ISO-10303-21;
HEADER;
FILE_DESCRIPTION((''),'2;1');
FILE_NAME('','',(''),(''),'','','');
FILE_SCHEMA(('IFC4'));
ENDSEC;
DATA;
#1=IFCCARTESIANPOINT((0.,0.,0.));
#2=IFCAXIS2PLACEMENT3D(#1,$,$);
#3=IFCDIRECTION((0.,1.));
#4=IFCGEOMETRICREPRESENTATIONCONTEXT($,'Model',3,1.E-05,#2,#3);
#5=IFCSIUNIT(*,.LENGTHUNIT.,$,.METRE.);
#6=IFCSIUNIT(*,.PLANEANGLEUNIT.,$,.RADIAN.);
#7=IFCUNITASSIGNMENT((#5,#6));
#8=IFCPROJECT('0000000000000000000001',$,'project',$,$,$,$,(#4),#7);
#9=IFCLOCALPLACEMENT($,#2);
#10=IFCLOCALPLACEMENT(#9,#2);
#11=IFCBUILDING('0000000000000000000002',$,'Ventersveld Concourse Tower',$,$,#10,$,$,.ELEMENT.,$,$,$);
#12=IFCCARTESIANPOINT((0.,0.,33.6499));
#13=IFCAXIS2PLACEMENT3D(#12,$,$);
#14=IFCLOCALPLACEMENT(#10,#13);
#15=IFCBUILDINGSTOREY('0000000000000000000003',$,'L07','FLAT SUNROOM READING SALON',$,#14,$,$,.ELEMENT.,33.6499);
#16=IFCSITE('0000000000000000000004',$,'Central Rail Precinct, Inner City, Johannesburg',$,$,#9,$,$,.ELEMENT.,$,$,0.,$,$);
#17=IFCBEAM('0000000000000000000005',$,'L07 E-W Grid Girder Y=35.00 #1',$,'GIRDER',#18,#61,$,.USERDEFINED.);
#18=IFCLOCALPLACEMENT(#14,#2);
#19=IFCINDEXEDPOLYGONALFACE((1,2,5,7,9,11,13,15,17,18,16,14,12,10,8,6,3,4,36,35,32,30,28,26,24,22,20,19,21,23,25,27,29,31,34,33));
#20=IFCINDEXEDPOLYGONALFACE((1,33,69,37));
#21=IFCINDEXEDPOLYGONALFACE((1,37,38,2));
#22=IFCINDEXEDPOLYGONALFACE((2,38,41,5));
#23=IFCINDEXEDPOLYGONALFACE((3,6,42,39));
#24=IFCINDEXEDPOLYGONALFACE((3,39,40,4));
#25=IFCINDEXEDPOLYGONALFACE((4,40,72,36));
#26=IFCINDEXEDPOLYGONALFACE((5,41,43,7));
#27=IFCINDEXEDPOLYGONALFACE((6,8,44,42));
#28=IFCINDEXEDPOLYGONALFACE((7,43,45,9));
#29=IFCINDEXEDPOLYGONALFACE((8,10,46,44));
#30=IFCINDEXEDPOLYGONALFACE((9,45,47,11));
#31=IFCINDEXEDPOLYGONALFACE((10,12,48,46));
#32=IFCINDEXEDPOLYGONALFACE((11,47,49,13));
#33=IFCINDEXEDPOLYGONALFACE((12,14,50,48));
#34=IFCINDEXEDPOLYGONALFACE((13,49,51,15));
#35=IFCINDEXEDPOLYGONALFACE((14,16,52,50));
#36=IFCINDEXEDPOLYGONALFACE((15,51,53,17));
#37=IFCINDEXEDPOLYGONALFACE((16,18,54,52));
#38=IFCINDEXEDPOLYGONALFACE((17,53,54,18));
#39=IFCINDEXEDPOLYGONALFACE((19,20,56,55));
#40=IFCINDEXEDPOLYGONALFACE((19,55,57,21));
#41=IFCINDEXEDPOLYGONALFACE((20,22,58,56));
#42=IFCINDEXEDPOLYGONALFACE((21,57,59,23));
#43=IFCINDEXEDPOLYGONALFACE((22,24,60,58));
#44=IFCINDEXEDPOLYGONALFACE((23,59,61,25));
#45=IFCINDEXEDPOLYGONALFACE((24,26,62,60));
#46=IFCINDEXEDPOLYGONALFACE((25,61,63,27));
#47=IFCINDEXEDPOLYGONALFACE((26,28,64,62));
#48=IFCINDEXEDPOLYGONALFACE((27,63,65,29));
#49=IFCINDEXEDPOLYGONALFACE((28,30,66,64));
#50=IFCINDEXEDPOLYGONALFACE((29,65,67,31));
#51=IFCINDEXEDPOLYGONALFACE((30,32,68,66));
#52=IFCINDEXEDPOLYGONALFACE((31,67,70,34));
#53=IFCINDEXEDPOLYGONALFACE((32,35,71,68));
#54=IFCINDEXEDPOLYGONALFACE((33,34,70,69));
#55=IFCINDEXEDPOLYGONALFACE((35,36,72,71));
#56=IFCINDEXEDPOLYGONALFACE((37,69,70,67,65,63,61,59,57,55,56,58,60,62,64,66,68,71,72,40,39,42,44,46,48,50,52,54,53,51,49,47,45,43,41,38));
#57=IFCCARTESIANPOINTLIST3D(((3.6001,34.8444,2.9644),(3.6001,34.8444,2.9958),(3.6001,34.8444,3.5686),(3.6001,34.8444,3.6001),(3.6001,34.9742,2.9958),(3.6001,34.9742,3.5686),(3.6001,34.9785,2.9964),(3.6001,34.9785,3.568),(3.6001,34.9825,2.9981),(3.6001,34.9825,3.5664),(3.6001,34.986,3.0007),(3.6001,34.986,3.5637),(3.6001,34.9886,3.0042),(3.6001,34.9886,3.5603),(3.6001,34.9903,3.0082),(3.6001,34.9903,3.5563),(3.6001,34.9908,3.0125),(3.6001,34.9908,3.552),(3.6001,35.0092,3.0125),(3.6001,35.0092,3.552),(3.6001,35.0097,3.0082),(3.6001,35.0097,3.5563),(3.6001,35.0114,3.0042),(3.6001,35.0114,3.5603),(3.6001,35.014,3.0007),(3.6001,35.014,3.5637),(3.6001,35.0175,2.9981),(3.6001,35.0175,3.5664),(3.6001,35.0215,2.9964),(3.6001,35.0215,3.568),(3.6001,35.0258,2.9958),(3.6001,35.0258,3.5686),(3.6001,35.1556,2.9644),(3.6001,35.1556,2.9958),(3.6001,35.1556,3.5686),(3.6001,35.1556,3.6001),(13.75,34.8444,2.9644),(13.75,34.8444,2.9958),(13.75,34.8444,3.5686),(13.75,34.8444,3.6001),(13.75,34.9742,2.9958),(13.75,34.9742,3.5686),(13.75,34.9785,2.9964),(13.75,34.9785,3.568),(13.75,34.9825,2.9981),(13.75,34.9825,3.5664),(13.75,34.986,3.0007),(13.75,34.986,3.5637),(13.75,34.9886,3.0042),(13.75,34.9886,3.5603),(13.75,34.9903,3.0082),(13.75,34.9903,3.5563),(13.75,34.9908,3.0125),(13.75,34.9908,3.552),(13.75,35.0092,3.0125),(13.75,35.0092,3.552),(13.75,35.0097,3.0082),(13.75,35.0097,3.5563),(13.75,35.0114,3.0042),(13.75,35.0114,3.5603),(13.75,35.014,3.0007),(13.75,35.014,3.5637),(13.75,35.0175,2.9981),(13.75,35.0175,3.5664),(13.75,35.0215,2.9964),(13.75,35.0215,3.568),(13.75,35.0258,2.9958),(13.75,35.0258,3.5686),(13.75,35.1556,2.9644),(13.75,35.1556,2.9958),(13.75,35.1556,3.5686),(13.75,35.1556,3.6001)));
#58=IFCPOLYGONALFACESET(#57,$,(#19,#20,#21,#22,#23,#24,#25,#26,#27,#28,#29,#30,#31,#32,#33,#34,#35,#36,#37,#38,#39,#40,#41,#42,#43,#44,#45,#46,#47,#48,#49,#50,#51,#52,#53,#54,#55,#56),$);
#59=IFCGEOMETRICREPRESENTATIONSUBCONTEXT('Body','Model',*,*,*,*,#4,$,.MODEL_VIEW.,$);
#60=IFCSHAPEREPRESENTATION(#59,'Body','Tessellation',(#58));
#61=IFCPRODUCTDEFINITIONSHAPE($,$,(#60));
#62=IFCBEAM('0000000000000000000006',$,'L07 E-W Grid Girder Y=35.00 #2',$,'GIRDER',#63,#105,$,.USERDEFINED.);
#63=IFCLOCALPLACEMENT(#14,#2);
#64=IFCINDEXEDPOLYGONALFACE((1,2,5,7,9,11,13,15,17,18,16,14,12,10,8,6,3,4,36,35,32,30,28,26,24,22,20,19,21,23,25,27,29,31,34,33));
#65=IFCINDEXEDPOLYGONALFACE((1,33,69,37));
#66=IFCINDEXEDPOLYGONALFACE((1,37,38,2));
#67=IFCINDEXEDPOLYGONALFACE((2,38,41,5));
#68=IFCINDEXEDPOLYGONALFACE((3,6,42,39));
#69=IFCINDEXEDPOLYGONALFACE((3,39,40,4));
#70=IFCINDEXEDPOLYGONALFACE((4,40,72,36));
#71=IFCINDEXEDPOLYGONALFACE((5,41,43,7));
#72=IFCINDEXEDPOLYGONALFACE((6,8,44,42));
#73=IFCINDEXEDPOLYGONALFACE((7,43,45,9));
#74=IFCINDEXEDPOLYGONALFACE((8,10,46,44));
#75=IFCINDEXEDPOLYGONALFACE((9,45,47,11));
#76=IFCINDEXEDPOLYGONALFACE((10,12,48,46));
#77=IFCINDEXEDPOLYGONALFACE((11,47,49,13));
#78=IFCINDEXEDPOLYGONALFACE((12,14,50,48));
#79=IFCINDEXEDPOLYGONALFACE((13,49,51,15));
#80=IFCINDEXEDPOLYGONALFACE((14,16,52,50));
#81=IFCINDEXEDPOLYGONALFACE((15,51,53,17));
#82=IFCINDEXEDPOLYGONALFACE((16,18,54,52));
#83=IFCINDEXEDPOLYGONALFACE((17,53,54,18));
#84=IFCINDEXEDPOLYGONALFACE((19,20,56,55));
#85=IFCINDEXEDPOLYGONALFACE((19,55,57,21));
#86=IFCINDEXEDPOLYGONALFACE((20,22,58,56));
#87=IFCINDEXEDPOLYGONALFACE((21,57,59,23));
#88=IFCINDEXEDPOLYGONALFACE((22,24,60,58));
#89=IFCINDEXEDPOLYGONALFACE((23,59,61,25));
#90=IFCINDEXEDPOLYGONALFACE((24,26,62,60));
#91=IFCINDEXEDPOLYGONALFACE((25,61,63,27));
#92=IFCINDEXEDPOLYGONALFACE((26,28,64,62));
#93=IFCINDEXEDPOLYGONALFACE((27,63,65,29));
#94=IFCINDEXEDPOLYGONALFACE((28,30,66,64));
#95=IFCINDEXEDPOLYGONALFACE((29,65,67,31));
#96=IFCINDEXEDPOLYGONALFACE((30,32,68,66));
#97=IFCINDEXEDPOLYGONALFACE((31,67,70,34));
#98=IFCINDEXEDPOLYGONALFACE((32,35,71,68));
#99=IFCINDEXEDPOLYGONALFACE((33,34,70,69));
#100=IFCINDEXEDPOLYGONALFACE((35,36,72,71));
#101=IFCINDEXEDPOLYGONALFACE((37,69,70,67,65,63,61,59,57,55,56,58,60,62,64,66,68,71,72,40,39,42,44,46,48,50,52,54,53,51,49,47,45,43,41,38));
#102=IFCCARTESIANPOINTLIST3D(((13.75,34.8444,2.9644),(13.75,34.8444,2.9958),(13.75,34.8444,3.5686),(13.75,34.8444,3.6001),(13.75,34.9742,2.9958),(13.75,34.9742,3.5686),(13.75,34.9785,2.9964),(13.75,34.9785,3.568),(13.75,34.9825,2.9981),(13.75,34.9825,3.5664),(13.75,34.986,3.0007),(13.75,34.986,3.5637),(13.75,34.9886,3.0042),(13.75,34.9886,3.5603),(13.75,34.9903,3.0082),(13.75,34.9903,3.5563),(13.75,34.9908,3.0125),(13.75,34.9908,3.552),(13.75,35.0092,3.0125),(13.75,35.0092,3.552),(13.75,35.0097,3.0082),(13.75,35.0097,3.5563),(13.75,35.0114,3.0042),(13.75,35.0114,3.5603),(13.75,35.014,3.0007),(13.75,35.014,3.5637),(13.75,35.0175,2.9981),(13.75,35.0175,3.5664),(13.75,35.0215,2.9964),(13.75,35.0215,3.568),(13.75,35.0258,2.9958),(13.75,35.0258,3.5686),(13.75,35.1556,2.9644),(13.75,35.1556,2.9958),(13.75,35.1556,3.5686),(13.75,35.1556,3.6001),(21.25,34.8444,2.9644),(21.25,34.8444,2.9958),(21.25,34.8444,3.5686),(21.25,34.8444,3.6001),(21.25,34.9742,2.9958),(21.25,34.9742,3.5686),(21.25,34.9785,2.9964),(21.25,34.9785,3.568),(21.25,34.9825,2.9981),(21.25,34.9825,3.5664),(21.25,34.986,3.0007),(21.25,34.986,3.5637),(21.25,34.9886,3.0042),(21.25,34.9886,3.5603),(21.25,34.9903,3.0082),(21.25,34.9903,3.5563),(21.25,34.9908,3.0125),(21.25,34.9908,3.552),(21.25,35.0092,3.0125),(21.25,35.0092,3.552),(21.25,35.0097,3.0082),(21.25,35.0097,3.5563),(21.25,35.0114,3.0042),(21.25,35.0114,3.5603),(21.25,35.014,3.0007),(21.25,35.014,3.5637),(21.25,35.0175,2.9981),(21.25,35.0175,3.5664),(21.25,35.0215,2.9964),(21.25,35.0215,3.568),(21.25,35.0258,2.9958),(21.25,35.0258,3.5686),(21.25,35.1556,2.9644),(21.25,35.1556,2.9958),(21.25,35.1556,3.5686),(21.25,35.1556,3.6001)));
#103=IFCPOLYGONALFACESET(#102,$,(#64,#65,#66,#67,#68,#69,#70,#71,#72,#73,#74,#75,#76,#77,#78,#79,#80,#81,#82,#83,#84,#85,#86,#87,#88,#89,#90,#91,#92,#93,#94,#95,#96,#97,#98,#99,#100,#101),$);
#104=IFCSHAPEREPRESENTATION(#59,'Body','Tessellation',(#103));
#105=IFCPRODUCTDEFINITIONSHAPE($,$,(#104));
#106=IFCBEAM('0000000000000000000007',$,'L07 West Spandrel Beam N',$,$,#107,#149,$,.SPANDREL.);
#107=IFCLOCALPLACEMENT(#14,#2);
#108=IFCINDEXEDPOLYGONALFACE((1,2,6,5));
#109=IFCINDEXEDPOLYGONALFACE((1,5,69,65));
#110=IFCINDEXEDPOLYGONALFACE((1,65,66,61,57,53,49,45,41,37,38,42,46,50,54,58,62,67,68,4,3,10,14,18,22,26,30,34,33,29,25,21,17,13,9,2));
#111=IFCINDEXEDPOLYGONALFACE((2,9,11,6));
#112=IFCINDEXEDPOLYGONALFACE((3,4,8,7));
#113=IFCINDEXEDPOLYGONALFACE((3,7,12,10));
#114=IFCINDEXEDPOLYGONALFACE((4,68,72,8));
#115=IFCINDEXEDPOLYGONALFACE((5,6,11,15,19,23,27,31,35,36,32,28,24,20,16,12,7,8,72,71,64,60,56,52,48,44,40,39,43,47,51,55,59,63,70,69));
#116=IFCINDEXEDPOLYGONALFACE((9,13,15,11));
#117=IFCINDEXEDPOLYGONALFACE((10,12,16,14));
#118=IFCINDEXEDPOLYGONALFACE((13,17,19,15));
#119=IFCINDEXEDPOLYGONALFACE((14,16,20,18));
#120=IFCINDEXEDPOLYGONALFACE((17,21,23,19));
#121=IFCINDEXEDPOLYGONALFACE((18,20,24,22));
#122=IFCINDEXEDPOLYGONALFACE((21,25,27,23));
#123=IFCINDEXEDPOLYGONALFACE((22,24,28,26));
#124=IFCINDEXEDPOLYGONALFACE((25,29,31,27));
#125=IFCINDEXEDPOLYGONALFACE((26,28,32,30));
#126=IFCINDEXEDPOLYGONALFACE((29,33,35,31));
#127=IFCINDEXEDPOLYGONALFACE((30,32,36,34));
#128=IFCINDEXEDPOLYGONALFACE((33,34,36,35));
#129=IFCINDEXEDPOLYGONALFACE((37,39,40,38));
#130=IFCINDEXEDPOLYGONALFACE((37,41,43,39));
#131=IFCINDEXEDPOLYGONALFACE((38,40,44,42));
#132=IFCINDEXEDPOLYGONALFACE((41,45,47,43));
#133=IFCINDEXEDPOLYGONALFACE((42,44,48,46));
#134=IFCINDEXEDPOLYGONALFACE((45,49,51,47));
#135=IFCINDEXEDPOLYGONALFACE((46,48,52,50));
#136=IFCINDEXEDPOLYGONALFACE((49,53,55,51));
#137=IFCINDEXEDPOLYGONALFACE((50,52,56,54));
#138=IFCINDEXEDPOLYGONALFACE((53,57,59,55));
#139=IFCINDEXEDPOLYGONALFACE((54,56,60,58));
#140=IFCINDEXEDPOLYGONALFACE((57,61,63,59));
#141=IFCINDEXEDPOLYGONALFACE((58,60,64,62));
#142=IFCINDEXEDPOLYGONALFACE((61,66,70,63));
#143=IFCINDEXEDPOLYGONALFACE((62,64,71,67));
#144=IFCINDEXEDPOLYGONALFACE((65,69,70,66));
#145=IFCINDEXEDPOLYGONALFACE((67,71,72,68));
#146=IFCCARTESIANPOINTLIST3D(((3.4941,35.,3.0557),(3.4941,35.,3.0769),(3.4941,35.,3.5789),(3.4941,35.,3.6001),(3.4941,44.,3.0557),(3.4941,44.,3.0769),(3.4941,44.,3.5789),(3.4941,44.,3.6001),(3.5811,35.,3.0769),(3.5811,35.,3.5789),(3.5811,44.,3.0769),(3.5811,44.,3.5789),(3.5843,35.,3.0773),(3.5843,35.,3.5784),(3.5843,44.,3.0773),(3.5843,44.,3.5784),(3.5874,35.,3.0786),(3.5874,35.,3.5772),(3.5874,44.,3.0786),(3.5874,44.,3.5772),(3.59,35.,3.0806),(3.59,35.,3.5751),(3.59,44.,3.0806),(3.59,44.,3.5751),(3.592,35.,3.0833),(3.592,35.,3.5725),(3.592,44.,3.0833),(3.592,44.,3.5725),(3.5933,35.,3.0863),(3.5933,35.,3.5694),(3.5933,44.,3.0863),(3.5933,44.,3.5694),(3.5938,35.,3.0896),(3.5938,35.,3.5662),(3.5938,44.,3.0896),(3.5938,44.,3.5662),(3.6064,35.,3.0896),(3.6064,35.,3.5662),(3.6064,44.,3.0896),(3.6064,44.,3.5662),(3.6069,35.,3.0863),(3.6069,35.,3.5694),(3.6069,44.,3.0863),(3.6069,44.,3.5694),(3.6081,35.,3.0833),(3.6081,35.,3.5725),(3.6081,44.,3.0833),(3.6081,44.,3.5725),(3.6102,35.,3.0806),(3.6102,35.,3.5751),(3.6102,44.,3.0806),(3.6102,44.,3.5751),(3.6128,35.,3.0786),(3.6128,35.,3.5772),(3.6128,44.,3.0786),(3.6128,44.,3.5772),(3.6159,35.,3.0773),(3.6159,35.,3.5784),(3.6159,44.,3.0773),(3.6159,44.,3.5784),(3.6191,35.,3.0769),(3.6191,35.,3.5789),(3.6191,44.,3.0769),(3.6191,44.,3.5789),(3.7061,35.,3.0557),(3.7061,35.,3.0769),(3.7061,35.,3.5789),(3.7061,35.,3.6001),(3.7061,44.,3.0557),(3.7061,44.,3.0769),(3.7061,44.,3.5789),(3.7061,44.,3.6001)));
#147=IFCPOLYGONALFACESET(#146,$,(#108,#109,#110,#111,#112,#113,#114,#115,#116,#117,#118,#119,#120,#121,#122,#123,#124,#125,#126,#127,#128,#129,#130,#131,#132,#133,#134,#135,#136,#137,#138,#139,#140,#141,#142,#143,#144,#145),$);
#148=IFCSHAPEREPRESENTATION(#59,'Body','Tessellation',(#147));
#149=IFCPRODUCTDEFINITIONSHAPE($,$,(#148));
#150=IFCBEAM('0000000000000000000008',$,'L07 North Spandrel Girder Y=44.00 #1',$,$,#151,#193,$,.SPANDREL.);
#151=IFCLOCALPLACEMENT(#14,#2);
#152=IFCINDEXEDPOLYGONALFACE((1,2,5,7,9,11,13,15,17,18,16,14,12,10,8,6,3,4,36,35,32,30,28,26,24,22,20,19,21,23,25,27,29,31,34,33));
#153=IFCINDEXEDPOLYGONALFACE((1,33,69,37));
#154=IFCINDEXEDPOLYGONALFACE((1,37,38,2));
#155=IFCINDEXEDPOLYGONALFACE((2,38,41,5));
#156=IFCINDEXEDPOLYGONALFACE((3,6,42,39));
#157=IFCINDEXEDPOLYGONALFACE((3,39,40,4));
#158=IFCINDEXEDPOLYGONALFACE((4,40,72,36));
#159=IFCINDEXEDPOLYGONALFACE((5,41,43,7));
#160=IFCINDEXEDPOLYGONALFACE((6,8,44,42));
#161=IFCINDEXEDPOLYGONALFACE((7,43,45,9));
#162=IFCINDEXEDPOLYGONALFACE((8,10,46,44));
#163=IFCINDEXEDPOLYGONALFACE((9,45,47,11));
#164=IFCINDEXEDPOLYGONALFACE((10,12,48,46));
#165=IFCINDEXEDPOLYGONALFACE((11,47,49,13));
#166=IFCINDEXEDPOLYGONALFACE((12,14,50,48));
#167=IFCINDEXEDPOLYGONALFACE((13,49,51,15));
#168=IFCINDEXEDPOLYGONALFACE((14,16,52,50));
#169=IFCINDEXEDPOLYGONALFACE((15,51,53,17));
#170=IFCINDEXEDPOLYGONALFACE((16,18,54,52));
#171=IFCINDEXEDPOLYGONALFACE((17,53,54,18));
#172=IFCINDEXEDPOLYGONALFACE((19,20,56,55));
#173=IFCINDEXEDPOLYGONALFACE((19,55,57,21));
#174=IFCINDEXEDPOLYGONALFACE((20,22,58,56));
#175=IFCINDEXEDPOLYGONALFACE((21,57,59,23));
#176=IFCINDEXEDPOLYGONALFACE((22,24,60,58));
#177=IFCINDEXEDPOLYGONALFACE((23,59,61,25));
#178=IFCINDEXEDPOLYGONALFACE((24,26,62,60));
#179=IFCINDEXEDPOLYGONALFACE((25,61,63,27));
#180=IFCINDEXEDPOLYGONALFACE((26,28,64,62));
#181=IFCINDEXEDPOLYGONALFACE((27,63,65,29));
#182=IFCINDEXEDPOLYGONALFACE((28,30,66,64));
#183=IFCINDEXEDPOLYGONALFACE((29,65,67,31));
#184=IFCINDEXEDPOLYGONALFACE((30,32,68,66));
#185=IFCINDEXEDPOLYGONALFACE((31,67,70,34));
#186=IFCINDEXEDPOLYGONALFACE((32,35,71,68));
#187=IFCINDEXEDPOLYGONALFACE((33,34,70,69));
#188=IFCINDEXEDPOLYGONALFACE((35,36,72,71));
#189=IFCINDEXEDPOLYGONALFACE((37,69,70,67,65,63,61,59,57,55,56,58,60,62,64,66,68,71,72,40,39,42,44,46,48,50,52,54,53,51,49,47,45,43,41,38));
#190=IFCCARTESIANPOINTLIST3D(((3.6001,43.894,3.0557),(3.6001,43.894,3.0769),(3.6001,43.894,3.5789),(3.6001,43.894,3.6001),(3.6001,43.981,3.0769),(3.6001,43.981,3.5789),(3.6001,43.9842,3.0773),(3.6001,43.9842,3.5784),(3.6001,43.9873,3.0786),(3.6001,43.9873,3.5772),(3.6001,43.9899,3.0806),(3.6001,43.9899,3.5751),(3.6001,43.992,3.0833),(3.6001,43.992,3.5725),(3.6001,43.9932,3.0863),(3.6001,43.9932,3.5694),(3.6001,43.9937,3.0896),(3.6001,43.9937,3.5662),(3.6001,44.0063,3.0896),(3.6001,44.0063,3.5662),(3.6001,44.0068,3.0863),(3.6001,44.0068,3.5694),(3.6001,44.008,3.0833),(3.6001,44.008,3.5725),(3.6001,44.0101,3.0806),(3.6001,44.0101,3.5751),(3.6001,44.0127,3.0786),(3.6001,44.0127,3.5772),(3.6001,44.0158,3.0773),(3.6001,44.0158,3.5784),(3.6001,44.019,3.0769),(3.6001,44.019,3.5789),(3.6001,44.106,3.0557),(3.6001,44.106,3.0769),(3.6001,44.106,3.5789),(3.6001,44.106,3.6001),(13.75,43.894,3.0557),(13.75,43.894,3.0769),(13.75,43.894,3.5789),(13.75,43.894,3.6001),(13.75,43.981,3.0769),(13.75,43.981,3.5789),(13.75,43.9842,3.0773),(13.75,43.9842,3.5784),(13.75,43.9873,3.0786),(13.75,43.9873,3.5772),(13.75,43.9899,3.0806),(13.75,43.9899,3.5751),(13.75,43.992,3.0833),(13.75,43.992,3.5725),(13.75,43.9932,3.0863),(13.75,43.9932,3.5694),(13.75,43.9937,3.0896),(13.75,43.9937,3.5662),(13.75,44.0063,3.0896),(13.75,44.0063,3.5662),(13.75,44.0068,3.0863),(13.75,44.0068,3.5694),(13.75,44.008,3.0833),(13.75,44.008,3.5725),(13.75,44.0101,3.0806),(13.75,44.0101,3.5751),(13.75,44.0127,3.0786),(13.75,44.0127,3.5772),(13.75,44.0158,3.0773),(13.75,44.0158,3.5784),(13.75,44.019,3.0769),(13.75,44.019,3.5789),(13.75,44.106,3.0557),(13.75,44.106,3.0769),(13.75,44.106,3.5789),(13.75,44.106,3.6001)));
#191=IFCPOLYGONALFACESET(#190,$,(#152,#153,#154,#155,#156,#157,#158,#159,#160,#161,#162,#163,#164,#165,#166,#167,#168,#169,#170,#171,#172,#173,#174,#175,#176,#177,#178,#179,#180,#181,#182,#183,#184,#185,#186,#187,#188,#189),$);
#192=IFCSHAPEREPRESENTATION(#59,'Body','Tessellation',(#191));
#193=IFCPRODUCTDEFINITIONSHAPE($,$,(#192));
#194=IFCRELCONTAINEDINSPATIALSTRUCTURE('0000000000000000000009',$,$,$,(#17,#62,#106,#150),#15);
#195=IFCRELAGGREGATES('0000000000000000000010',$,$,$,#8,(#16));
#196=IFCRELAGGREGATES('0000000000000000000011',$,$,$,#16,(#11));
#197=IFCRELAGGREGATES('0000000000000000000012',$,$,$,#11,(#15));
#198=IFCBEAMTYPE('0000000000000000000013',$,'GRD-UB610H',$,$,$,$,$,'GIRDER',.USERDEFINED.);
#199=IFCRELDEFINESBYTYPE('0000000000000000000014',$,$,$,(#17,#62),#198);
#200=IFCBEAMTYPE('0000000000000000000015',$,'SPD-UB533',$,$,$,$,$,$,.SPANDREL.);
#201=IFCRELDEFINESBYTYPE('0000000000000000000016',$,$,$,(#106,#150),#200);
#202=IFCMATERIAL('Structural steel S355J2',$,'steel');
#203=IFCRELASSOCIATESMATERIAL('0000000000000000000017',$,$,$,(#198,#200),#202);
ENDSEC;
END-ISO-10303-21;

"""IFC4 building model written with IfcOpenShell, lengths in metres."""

from ifc_helpers import new_model, si_unit, direction, frame, origin, origin_2d, place, context, subcontext, project, spatial, i_section, extrude, material, material_profile, profile_set, type_object, element, save


model = new_model("IFC4")

# Units and contexts
model_context = context("Model", 3, precision=1e-05, world=origin(), true_north=direction((0.0, 1.0)))
body_context = subcontext(model_context, "Body", "Model", "MODEL_VIEW")
ifc_project = project(units=[si_unit("LENGTHUNIT", "METRE"), si_unit("PLANEANGLEUNIT", "RADIAN")], contexts=[model_context])

# Site, building, storey
site_placement = place(None, origin())
site = spatial("IfcSite", under=ifc_project, at=site_placement, Name="Central Rail Precinct, Inner City, Johannesburg", CompositionType="ELEMENT", RefElevation=0.0)
building_placement = place(site_placement, origin())
building = spatial("IfcBuilding", under=site, at=building_placement, Name="Ventersveld Concourse Tower", CompositionType="ELEMENT")
storey_placement = place(building_placement, frame((0.0, 0.0, 33.6499)))
storey = spatial("IfcBuildingStorey", under=building, at=storey_placement, Name="L07", Description="FLAT SUNROOM READING SALON", CompositionType="ELEMENT", Elevation=33.6499)

# Beams
ifc_material_1 = material(Name="Structural steel S355J2", Category="steel")
ifc_material_profile_1 = material_profile(ifc_material_1, i_section(OverallWidth=0.3113, OverallDepth=0.6357, WebThickness=0.0183, FlangeThickness=0.0315, FilletRadius=0.0166, at=origin_2d()), Name="UB 610x305x238")
ifc_profile_set_1 = profile_set([ifc_material_profile_1], Name="Structural steel S355J2")
beam_type_1 = type_object("IfcBeamType", Name="GRD-UB610H", ElementType="GIRDER", PredefinedType="USERDEFINED", material=ifc_profile_set_1)
beam_1_placement = place(storey_placement, frame((3.6001, 35.0, 3.2822), z_axis=(1.0, 0.0, 0.0), x_axis=(0.0, 1.0, 0.0)))
element("IfcBeam", 1, at=beam_1_placement, inside=storey, type_object=beam_type_1, Name="L07 E-W Grid Girder Y=35.00 #1", ObjectType="GIRDER", PredefinedType="USERDEFINED", context=body_context, shape_type="SweptSolid", body=[
    extrude(i_section(OverallWidth=0.3113, OverallDepth=0.6357, WebThickness=0.0183, FlangeThickness=0.0315, FilletRadius=0.0166, at=origin_2d()), origin(), (0.0, 0.0, 1.0), 10.1499),
])
beam_2_placement = place(storey_placement, frame((13.75, 35.0, 3.2822), z_axis=(1.0, 0.0, 0.0), x_axis=(0.0, 1.0, 0.0)))
element("IfcBeam", 2, at=beam_2_placement, inside=storey, type_object=beam_type_1, Name="L07 E-W Grid Girder Y=35.00 #2", ObjectType="GIRDER", PredefinedType="USERDEFINED", context=body_context, shape_type="SweptSolid", body=[
    extrude(i_section(OverallWidth=0.3113, OverallDepth=0.6357, WebThickness=0.0183, FlangeThickness=0.0315, FilletRadius=0.0166, at=origin_2d()), origin(), (0.0, 0.0, 1.0), 7.5),
])
ifc_material_profile_2 = material_profile(ifc_material_1, i_section(OverallWidth=0.2119, OverallDepth=0.5444, WebThickness=0.0127, FlangeThickness=0.0212, FilletRadius=0.0127, at=origin_2d()), Name="UB 533x210x122")
ifc_profile_set_2 = profile_set([ifc_material_profile_2], Name="Structural steel S355J2")
beam_type_2 = type_object("IfcBeamType", Name="SPD-UB533", PredefinedType="SPANDREL", material=ifc_profile_set_2)
beam_3_placement = place(storey_placement, frame((3.6001, 35.0, 3.3279), z_axis=(0.0, 1.0, 0.0), x_axis=(-1.0, 0.0, 0.0)))
element("IfcBeam", 3, at=beam_3_placement, inside=storey, type_object=beam_type_2, Name="L07 West Spandrel Beam N", PredefinedType="SPANDREL", context=body_context, shape_type="SweptSolid", body=[
    extrude(i_section(OverallWidth=0.2119, OverallDepth=0.5444, WebThickness=0.0127, FlangeThickness=0.0212, FilletRadius=0.0127, at=origin_2d()), origin(), (0.0, 0.0, 1.0), 9.0),
])
beam_4_placement = place(storey_placement, frame((3.6001, 44.0, 3.3279), z_axis=(1.0, 0.0, 0.0), x_axis=(0.0, 1.0, 0.0)))
element("IfcBeam", 4, at=beam_4_placement, inside=storey, type_object=beam_type_2, Name="L07 North Spandrel Girder Y=44.00 #1", PredefinedType="SPANDREL", context=body_context, shape_type="SweptSolid", body=[
    extrude(i_section(OverallWidth=0.2119, OverallDepth=0.5444, WebThickness=0.0127, FlangeThickness=0.0212, FilletRadius=0.0127, at=origin_2d()), origin(), (0.0, 0.0, 1.0), 10.1499),
])

save(model, "model.ifc")
